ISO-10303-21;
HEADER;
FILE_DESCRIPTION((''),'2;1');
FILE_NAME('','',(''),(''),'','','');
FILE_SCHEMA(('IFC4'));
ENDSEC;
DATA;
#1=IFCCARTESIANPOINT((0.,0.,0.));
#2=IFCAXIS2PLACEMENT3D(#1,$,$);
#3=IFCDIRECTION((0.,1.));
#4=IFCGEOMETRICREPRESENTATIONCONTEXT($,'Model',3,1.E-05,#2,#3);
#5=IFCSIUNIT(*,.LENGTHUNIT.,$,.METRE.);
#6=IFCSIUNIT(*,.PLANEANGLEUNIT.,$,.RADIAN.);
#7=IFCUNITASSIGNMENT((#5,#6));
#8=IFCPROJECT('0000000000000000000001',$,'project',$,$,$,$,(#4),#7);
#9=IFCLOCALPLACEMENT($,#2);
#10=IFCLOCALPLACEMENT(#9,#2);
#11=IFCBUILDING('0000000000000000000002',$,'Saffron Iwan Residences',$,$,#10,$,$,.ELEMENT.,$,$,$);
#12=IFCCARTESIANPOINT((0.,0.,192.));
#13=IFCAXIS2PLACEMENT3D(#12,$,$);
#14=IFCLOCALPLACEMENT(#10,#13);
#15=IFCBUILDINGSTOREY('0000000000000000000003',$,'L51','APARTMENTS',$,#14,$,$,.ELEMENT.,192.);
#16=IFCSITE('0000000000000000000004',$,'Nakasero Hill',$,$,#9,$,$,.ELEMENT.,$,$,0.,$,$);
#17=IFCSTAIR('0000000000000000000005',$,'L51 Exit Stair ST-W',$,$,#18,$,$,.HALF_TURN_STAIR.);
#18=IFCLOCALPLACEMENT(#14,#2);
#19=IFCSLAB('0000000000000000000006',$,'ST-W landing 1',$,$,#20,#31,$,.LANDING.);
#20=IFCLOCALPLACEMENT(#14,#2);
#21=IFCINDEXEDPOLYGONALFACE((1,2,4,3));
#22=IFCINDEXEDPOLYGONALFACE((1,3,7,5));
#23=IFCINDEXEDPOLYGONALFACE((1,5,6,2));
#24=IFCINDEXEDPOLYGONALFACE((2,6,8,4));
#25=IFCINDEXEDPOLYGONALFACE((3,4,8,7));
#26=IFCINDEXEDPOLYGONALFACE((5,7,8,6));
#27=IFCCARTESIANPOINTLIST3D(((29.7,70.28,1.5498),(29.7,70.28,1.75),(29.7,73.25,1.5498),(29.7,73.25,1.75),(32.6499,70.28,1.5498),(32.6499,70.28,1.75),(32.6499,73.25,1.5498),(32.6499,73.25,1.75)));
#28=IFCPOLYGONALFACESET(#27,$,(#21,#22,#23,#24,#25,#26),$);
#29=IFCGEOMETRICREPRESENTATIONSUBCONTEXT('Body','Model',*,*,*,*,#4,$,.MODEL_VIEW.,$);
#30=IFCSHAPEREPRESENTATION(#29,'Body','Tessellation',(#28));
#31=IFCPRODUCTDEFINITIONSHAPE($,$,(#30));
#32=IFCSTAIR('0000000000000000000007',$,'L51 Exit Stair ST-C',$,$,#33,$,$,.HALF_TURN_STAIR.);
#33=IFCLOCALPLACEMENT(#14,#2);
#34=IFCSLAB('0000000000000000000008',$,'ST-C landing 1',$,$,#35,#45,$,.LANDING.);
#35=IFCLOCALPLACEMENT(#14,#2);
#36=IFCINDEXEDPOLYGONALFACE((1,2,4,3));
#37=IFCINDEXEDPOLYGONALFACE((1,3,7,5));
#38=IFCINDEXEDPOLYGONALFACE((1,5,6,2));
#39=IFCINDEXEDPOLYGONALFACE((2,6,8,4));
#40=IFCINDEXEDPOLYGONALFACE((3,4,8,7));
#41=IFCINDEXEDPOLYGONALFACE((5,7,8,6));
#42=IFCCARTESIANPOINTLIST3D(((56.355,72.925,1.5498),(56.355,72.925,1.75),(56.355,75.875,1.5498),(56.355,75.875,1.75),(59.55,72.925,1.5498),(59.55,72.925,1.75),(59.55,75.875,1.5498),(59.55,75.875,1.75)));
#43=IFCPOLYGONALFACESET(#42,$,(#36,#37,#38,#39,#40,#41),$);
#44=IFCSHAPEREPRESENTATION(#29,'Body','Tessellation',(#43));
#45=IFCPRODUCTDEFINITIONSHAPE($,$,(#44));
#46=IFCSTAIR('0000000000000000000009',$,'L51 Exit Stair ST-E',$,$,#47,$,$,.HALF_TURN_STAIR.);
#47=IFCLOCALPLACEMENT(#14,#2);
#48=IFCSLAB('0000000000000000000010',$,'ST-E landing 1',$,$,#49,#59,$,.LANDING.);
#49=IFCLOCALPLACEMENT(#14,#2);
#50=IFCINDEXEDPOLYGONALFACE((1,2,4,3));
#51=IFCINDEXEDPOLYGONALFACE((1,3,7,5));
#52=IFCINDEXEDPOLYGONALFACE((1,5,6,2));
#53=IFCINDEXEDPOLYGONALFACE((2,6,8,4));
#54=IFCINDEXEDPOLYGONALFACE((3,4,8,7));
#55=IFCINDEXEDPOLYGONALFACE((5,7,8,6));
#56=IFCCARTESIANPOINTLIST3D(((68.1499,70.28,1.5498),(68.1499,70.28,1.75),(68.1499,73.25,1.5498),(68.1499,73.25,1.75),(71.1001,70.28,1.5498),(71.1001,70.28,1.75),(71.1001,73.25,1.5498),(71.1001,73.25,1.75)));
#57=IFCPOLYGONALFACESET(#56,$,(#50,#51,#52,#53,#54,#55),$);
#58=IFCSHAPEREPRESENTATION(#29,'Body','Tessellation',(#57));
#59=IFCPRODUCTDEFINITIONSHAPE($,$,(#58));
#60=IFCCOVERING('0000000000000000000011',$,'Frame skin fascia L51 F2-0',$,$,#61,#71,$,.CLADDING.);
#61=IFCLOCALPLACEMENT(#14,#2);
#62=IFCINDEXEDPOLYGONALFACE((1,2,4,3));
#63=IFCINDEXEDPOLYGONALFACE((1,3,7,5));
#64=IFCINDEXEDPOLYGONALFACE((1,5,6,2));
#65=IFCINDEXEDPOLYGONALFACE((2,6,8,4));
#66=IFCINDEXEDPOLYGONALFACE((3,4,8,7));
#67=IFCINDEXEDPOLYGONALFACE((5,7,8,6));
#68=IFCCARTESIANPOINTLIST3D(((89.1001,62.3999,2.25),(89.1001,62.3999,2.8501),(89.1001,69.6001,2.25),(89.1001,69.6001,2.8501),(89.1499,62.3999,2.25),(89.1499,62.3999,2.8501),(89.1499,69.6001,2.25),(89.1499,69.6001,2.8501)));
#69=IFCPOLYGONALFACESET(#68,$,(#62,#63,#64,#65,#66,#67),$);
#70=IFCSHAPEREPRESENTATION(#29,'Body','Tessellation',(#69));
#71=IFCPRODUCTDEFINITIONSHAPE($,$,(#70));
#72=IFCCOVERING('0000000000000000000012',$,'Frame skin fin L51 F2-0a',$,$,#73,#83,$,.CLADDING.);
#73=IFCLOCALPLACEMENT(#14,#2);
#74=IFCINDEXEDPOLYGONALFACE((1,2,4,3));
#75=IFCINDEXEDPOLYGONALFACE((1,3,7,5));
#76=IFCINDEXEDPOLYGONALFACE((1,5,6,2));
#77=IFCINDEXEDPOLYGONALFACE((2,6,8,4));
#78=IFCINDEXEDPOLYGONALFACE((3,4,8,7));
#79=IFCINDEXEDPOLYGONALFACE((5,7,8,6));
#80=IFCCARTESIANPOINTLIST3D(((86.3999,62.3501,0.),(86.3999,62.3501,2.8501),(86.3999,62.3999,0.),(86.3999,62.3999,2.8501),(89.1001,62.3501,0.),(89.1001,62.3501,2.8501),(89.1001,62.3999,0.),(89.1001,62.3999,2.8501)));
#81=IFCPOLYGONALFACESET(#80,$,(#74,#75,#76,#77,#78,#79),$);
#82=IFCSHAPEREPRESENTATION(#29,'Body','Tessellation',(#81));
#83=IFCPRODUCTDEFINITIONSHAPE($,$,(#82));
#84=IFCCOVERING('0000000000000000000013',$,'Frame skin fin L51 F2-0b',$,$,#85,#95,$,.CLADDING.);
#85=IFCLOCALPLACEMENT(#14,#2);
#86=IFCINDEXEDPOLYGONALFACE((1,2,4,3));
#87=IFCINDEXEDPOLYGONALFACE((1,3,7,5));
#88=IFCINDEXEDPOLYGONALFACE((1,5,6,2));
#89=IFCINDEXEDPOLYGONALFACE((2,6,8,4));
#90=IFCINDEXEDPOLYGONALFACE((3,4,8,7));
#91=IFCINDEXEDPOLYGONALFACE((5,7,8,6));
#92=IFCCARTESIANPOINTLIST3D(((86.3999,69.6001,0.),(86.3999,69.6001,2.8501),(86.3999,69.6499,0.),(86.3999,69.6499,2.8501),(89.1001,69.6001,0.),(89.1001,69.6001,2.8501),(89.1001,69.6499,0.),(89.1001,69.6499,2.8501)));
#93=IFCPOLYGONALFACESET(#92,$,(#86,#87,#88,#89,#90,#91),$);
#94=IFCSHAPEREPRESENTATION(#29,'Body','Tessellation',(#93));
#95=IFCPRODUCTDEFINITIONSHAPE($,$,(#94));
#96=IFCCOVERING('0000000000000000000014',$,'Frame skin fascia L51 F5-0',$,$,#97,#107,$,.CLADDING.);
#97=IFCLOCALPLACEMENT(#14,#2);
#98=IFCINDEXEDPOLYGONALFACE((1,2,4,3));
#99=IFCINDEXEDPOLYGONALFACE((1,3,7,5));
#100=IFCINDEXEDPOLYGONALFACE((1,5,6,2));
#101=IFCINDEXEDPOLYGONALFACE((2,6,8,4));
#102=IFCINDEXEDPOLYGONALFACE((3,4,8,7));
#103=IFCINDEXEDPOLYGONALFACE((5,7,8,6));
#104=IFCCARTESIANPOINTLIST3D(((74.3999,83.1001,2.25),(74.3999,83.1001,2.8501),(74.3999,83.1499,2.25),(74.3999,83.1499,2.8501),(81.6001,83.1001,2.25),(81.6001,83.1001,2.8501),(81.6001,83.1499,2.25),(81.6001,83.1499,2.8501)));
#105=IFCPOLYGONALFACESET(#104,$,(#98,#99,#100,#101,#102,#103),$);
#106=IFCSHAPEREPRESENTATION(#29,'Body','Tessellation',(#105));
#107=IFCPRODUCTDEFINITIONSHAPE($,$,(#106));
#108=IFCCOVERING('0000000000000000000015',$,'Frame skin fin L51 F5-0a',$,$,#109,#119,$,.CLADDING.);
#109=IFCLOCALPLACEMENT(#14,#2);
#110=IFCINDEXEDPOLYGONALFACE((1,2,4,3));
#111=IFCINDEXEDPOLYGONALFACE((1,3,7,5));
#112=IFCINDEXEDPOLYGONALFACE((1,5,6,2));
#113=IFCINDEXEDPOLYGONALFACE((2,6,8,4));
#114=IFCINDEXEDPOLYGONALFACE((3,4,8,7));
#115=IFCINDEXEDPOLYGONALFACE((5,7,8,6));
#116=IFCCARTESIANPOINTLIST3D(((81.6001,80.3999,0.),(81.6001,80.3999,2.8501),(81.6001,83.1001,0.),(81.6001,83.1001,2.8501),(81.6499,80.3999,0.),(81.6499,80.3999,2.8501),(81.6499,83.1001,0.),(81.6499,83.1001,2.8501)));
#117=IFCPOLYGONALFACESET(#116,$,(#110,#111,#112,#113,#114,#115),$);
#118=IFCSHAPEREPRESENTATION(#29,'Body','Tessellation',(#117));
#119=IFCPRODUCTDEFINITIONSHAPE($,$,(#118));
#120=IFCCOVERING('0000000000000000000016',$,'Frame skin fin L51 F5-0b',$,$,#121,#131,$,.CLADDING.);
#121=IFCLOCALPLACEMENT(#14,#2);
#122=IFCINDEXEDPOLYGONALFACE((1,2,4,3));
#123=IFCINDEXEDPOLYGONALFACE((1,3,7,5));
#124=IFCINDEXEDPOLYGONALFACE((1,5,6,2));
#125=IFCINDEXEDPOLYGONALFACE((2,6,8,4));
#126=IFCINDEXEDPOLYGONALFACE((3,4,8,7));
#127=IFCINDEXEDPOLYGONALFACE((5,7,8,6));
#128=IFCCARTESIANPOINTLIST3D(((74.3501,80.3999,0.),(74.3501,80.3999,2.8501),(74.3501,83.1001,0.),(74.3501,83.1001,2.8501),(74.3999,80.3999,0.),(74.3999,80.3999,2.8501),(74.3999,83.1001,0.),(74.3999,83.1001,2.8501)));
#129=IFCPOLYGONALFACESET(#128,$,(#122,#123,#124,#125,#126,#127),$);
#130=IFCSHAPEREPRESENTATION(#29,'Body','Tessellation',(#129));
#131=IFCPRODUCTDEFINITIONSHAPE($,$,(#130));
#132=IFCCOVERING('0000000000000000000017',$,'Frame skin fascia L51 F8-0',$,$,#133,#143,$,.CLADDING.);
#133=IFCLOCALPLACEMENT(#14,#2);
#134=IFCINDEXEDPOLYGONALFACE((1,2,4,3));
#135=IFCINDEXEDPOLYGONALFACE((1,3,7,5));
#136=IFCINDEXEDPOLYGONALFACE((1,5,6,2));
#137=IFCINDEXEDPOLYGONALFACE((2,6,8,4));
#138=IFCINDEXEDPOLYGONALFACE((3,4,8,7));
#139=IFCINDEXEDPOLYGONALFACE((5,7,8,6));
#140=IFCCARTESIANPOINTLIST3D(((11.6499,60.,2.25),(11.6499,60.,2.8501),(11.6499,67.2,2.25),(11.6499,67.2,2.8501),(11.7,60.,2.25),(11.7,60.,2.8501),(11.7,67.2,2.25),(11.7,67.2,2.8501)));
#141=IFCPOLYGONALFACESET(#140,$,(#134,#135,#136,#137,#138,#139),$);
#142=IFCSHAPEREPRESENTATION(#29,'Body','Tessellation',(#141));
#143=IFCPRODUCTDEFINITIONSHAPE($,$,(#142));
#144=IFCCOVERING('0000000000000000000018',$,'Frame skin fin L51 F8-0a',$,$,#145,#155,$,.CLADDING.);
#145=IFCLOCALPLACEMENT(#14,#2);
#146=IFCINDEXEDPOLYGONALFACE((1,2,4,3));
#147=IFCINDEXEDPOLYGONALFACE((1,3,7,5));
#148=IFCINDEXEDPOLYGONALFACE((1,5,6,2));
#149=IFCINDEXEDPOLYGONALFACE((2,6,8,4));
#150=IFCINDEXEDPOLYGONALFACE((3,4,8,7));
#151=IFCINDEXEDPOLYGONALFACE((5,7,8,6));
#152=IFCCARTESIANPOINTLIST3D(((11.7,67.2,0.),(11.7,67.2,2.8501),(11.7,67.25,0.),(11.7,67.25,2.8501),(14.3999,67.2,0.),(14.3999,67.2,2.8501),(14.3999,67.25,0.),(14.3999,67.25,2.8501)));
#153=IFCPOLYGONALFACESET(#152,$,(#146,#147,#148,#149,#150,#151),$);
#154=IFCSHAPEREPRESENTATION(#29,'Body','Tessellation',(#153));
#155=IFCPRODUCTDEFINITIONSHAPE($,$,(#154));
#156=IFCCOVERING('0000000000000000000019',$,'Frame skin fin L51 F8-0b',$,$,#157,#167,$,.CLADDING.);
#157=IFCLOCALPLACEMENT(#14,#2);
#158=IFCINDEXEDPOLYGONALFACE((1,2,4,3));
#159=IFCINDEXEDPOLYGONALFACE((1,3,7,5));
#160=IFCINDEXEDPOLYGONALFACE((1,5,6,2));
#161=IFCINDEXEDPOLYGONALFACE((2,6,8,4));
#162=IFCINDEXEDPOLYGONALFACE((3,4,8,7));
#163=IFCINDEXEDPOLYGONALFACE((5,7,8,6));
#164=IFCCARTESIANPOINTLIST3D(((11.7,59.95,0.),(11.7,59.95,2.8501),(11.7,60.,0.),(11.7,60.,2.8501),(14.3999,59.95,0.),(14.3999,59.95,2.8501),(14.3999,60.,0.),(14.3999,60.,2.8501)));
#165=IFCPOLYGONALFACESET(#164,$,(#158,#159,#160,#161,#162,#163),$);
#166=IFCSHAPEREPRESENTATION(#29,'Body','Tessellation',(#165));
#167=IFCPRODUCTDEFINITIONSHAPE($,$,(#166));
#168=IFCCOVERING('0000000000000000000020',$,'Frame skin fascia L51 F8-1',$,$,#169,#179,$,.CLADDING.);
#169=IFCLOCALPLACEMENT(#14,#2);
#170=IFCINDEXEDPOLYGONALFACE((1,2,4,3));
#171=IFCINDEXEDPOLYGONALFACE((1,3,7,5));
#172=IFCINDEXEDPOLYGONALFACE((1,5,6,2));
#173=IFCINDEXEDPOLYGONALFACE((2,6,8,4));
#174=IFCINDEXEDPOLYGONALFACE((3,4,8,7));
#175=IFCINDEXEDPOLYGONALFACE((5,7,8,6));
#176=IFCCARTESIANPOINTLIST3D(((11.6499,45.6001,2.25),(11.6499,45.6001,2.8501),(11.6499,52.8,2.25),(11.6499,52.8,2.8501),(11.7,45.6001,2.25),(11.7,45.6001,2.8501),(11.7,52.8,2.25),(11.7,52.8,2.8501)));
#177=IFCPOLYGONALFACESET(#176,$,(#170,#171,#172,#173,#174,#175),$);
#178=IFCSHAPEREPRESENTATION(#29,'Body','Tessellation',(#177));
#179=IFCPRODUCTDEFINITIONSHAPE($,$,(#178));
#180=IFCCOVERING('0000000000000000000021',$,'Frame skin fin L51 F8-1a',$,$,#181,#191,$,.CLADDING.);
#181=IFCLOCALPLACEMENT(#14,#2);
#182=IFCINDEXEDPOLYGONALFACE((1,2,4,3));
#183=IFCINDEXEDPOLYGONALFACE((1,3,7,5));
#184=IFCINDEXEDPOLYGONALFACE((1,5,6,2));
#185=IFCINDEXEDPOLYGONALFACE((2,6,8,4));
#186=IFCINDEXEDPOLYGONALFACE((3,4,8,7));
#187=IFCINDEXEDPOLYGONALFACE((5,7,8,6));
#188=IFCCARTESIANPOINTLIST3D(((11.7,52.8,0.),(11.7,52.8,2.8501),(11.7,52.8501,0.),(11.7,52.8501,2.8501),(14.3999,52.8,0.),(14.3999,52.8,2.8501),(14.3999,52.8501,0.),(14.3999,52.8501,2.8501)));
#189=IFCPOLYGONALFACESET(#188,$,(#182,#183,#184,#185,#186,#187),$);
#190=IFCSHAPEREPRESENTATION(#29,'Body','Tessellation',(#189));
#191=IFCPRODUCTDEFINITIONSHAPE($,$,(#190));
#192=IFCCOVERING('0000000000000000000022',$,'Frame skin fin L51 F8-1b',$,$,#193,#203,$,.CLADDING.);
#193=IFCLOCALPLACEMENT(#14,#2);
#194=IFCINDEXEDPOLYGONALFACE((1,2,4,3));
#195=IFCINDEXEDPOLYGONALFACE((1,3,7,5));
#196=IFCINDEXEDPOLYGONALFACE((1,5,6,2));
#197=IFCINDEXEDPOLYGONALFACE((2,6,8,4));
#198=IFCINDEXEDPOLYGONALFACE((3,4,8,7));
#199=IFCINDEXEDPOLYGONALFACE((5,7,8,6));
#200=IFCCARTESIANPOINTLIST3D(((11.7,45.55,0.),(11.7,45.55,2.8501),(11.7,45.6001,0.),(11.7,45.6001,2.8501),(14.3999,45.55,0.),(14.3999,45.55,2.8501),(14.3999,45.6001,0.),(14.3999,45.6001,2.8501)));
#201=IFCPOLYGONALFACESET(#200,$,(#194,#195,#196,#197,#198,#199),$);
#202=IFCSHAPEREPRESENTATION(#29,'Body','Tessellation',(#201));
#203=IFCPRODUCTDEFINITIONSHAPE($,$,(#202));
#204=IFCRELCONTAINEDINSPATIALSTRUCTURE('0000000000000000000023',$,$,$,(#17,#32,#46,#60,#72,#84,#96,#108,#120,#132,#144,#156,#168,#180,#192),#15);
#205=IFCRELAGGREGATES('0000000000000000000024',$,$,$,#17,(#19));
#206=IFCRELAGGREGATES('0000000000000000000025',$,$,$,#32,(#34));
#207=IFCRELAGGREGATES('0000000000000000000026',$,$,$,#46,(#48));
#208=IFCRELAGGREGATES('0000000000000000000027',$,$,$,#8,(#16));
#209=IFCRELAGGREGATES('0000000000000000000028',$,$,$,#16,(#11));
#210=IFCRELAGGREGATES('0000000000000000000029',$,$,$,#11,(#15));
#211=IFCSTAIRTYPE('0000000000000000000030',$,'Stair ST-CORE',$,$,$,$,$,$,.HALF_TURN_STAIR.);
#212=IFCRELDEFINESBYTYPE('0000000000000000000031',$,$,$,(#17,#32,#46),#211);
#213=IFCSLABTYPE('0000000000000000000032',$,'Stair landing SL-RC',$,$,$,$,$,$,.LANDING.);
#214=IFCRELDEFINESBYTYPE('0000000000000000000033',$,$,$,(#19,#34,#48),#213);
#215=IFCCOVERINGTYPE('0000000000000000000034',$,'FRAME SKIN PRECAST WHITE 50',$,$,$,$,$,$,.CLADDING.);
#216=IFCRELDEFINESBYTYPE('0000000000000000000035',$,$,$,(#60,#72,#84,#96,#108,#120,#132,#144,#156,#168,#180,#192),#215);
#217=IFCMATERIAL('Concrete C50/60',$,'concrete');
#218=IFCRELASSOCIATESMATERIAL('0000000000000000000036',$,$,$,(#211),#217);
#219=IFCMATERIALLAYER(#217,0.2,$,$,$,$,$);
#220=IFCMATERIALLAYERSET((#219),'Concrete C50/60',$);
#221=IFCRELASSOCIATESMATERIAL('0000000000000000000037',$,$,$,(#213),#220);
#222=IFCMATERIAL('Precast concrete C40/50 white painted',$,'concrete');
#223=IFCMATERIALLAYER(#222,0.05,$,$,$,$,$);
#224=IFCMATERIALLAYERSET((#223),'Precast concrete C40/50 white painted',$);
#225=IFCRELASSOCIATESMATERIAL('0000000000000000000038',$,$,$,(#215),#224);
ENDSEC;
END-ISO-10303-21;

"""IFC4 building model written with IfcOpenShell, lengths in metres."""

from ifc_helpers import new_model, si_unit, direction, frame, origin, place, context, subcontext, project, spatial, polyline, outline, extrude, material, layer, layer_set, type_object, element, aggregate, save


model = new_model("IFC4")

# Units and contexts
model_context = context("Model", 3, precision=1e-05, world=origin(), true_north=direction((0.0, 1.0)))
body_context = subcontext(model_context, "Body", "Model", "MODEL_VIEW")
ifc_project = project(units=[si_unit("LENGTHUNIT", "METRE"), si_unit("PLANEANGLEUNIT", "RADIAN")], contexts=[model_context])

# Site, building, storey
site_placement = place(None, origin())
site = spatial("IfcSite", under=ifc_project, at=site_placement, Name="Nakasero Hill", CompositionType="ELEMENT", RefElevation=0.0)
building_placement = place(site_placement, origin())
building = spatial("IfcBuilding", under=site, at=building_placement, Name="Saffron Iwan Residences", CompositionType="ELEMENT")
storey_placement = place(building_placement, frame((0.0, 0.0, 192.0)))
storey = spatial("IfcBuildingStorey", under=building, at=storey_placement, Name="L51", Description="APARTMENTS", CompositionType="ELEMENT", Elevation=192.0)

# Stairs, slabs
ifc_material_1 = material(Name="Concrete C50/60", Category="concrete")
stair_type = type_object("IfcStairType", Name="Stair ST-CORE", PredefinedType="HALF_TURN_STAIR", material=ifc_material_1)
stair_1_placement = place(storey_placement, origin())
stair_1 = element("IfcStair", 1, at=stair_1_placement, inside=storey, type_object=stair_type, Name="L51 Exit Stair ST-W", PredefinedType="HALF_TURN_STAIR")
ifc_layer_1 = layer(ifc_material_1, 0.2)
ifc_layer_set_1 = layer_set([ifc_layer_1], Name="Concrete C50/60")
slab_type = type_object("IfcSlabType", Name="Stair landing SL-RC", PredefinedType="LANDING", material=ifc_layer_set_1)
slab_1_placement = place(storey_placement, frame((0.0, 0.0, 1.5498)))
slab_1 = element("IfcSlab", 2, at=slab_1_placement, type_object=slab_type, Name="ST-W landing 1", PredefinedType="LANDING", context=body_context, shape_type="SweptSolid", body=[
    extrude(outline(polyline([(32.6499, 70.28), (32.6499, 73.25), (29.7, 73.25), (29.7, 70.28), (32.6499, 70.28)])), origin(), (0.0, 0.0, 1.0), 0.2002),
])
aggregate(stair_1, [slab_1])
stair_2_placement = place(storey_placement, origin())
stair_2 = element("IfcStair", 3, at=stair_2_placement, inside=storey, type_object=stair_type, Name="L51 Exit Stair ST-C", PredefinedType="HALF_TURN_STAIR")
slab_2_placement = place(storey_placement, frame((0.0, 0.0, 1.5498)))
slab_2 = element("IfcSlab", 4, at=slab_2_placement, type_object=slab_type, Name="ST-C landing 1", PredefinedType="LANDING", context=body_context, shape_type="SweptSolid", body=[
    extrude(outline(polyline([(56.355, 72.925), (59.55, 72.925), (59.55, 75.875), (56.355, 75.875), (56.355, 72.925)])), origin(), (0.0, 0.0, 1.0), 0.2002),
])
aggregate(stair_2, [slab_2])
stair_3_placement = place(storey_placement, origin())
stair_3 = element("IfcStair", 5, at=stair_3_placement, inside=storey, type_object=stair_type, Name="L51 Exit Stair ST-E", PredefinedType="HALF_TURN_STAIR")
slab_3_placement = place(storey_placement, frame((0.0, 0.0, 1.5498)))
slab_3 = element("IfcSlab", 6, at=slab_3_placement, type_object=slab_type, Name="ST-E landing 1", PredefinedType="LANDING", context=body_context, shape_type="SweptSolid", body=[
    extrude(outline(polyline([(71.1001, 70.28), (71.1001, 73.25), (68.1499, 73.25), (68.1499, 70.28), (71.1001, 70.28)])), origin(), (0.0, 0.0, 1.0), 0.2002),
])
aggregate(stair_3, [slab_3])

# Coverings
ifc_material_2 = material(Name="Precast concrete C40/50 white painted", Category="concrete")
ifc_layer_2 = layer(ifc_material_2, 0.05)
ifc_layer_set_2 = layer_set([ifc_layer_2], Name="Precast concrete C40/50 white painted")
covering_type = type_object("IfcCoveringType", Name="FRAME SKIN PRECAST WHITE 50", PredefinedType="CLADDING", material=ifc_layer_set_2)
covering_1_placement = place(storey_placement, frame((0.0, 0.0, 2.25)))
element("IfcCovering", 7, at=covering_1_placement, inside=storey, type_object=covering_type, Name="Frame skin fascia L51 F2-0", PredefinedType="CLADDING", context=body_context, shape_type="SweptSolid", body=[
    extrude(outline(polyline([(89.1499, 62.3999), (89.1499, 69.6001), (89.1001, 69.6001), (89.1001, 62.3999), (89.1499, 62.3999)])), origin(), (0.0, 0.0, 1.0), 0.6001),
])
covering_2_placement = place(storey_placement, origin())
element("IfcCovering", 8, at=covering_2_placement, inside=storey, type_object=covering_type, Name="Frame skin fin L51 F2-0a", PredefinedType="CLADDING", context=body_context, shape_type="SweptSolid", body=[
    extrude(outline(polyline([(89.1001, 62.3501), (89.1001, 62.3999), (86.3999, 62.3999), (86.3999, 62.3501), (89.1001, 62.3501)])), origin(), (0.0, 0.0, 1.0), 2.8501),
])
covering_3_placement = place(storey_placement, origin())
element("IfcCovering", 9, at=covering_3_placement, inside=storey, type_object=covering_type, Name="Frame skin fin L51 F2-0b", PredefinedType="CLADDING", context=body_context, shape_type="SweptSolid", body=[
    extrude(outline(polyline([(89.1001, 69.6001), (89.1001, 69.6499), (86.3999, 69.6499), (86.3999, 69.6001), (89.1001, 69.6001)])), origin(), (0.0, 0.0, 1.0), 2.8501),
])
covering_4_placement = place(storey_placement, frame((0.0, 0.0, 2.25)))
element("IfcCovering", 10, at=covering_4_placement, inside=storey, type_object=covering_type, Name="Frame skin fascia L51 F5-0", PredefinedType="CLADDING", context=body_context, shape_type="SweptSolid", body=[
    extrude(outline(polyline([(81.6001, 83.1499), (74.3999, 83.1499), (74.3999, 83.1001), (81.6001, 83.1001), (81.6001, 83.1499)])), origin(), (0.0, 0.0, 1.0), 0.6001),
])
covering_5_placement = place(storey_placement, origin())
element("IfcCovering", 11, at=covering_5_placement, inside=storey, type_object=covering_type, Name="Frame skin fin L51 F5-0a", PredefinedType="CLADDING", context=body_context, shape_type="SweptSolid", body=[
    extrude(outline(polyline([(81.6499, 83.1001), (81.6001, 83.1001), (81.6001, 80.3999), (81.6499, 80.3999), (81.6499, 83.1001)])), origin(), (0.0, 0.0, 1.0), 2.8501),
])
covering_6_placement = place(storey_placement, origin())
element("IfcCovering", 12, at=covering_6_placement, inside=storey, type_object=covering_type, Name="Frame skin fin L51 F5-0b", PredefinedType="CLADDING", context=body_context, shape_type="SweptSolid", body=[
    extrude(outline(polyline([(74.3999, 83.1001), (74.3501, 83.1001), (74.3501, 80.3999), (74.3999, 80.3999), (74.3999, 83.1001)])), origin(), (0.0, 0.0, 1.0), 2.8501),
])
covering_7_placement = place(storey_placement, frame((0.0, 0.0, 2.25)))
element("IfcCovering", 13, at=covering_7_placement, inside=storey, type_object=covering_type, Name="Frame skin fascia L51 F8-0", PredefinedType="CLADDING", context=body_context, shape_type="SweptSolid", body=[
    extrude(outline(polyline([(11.6499, 67.2), (11.6499, 60.0), (11.7, 60.0), (11.7, 67.2), (11.6499, 67.2)])), origin(), (0.0, 0.0, 1.0), 0.6001),
])
covering_8_placement = place(storey_placement, origin())
element("IfcCovering", 14, at=covering_8_placement, inside=storey, type_object=covering_type, Name="Frame skin fin L51 F8-0a", PredefinedType="CLADDING", context=body_context, shape_type="SweptSolid", body=[
    extrude(outline(polyline([(11.7, 67.25), (11.7, 67.2), (14.3999, 67.2), (14.3999, 67.25), (11.7, 67.25)])), origin(), (0.0, 0.0, 1.0), 2.8501),
])
covering_9_placement = place(storey_placement, origin())
element("IfcCovering", 15, at=covering_9_placement, inside=storey, type_object=covering_type, Name="Frame skin fin L51 F8-0b", PredefinedType="CLADDING", context=body_context, shape_type="SweptSolid", body=[
    extrude(outline(polyline([(11.7, 60.0), (11.7, 59.95), (14.3999, 59.95), (14.3999, 60.0), (11.7, 60.0)])), origin(), (0.0, 0.0, 1.0), 2.8501),
])
covering_10_placement = place(storey_placement, frame((0.0, 0.0, 2.25)))
element("IfcCovering", 16, at=covering_10_placement, inside=storey, type_object=covering_type, Name="Frame skin fascia L51 F8-1", PredefinedType="CLADDING", context=body_context, shape_type="SweptSolid", body=[
    extrude(outline(polyline([(11.6499, 52.8), (11.6499, 45.6001), (11.7, 45.6001), (11.7, 52.8), (11.6499, 52.8)])), origin(), (0.0, 0.0, 1.0), 0.6001),
])
covering_11_placement = place(storey_placement, origin())
element("IfcCovering", 17, at=covering_11_placement, inside=storey, type_object=covering_type, Name="Frame skin fin L51 F8-1a", PredefinedType="CLADDING", context=body_context, shape_type="SweptSolid", body=[
    extrude(outline(polyline([(11.7, 52.8501), (11.7, 52.8), (14.3999, 52.8), (14.3999, 52.8501), (11.7, 52.8501)])), origin(), (0.0, 0.0, 1.0), 2.8501),
])
covering_12_placement = place(storey_placement, origin())
element("IfcCovering", 18, at=covering_12_placement, inside=storey, type_object=covering_type, Name="Frame skin fin L51 F8-1b", PredefinedType="CLADDING", context=body_context, shape_type="SweptSolid", body=[
    extrude(outline(polyline([(11.7, 45.6001), (11.7, 45.55), (14.3999, 45.55), (14.3999, 45.6001), (11.7, 45.6001)])), origin(), (0.0, 0.0, 1.0), 2.8501),
])

save(model, "model.ifc")
